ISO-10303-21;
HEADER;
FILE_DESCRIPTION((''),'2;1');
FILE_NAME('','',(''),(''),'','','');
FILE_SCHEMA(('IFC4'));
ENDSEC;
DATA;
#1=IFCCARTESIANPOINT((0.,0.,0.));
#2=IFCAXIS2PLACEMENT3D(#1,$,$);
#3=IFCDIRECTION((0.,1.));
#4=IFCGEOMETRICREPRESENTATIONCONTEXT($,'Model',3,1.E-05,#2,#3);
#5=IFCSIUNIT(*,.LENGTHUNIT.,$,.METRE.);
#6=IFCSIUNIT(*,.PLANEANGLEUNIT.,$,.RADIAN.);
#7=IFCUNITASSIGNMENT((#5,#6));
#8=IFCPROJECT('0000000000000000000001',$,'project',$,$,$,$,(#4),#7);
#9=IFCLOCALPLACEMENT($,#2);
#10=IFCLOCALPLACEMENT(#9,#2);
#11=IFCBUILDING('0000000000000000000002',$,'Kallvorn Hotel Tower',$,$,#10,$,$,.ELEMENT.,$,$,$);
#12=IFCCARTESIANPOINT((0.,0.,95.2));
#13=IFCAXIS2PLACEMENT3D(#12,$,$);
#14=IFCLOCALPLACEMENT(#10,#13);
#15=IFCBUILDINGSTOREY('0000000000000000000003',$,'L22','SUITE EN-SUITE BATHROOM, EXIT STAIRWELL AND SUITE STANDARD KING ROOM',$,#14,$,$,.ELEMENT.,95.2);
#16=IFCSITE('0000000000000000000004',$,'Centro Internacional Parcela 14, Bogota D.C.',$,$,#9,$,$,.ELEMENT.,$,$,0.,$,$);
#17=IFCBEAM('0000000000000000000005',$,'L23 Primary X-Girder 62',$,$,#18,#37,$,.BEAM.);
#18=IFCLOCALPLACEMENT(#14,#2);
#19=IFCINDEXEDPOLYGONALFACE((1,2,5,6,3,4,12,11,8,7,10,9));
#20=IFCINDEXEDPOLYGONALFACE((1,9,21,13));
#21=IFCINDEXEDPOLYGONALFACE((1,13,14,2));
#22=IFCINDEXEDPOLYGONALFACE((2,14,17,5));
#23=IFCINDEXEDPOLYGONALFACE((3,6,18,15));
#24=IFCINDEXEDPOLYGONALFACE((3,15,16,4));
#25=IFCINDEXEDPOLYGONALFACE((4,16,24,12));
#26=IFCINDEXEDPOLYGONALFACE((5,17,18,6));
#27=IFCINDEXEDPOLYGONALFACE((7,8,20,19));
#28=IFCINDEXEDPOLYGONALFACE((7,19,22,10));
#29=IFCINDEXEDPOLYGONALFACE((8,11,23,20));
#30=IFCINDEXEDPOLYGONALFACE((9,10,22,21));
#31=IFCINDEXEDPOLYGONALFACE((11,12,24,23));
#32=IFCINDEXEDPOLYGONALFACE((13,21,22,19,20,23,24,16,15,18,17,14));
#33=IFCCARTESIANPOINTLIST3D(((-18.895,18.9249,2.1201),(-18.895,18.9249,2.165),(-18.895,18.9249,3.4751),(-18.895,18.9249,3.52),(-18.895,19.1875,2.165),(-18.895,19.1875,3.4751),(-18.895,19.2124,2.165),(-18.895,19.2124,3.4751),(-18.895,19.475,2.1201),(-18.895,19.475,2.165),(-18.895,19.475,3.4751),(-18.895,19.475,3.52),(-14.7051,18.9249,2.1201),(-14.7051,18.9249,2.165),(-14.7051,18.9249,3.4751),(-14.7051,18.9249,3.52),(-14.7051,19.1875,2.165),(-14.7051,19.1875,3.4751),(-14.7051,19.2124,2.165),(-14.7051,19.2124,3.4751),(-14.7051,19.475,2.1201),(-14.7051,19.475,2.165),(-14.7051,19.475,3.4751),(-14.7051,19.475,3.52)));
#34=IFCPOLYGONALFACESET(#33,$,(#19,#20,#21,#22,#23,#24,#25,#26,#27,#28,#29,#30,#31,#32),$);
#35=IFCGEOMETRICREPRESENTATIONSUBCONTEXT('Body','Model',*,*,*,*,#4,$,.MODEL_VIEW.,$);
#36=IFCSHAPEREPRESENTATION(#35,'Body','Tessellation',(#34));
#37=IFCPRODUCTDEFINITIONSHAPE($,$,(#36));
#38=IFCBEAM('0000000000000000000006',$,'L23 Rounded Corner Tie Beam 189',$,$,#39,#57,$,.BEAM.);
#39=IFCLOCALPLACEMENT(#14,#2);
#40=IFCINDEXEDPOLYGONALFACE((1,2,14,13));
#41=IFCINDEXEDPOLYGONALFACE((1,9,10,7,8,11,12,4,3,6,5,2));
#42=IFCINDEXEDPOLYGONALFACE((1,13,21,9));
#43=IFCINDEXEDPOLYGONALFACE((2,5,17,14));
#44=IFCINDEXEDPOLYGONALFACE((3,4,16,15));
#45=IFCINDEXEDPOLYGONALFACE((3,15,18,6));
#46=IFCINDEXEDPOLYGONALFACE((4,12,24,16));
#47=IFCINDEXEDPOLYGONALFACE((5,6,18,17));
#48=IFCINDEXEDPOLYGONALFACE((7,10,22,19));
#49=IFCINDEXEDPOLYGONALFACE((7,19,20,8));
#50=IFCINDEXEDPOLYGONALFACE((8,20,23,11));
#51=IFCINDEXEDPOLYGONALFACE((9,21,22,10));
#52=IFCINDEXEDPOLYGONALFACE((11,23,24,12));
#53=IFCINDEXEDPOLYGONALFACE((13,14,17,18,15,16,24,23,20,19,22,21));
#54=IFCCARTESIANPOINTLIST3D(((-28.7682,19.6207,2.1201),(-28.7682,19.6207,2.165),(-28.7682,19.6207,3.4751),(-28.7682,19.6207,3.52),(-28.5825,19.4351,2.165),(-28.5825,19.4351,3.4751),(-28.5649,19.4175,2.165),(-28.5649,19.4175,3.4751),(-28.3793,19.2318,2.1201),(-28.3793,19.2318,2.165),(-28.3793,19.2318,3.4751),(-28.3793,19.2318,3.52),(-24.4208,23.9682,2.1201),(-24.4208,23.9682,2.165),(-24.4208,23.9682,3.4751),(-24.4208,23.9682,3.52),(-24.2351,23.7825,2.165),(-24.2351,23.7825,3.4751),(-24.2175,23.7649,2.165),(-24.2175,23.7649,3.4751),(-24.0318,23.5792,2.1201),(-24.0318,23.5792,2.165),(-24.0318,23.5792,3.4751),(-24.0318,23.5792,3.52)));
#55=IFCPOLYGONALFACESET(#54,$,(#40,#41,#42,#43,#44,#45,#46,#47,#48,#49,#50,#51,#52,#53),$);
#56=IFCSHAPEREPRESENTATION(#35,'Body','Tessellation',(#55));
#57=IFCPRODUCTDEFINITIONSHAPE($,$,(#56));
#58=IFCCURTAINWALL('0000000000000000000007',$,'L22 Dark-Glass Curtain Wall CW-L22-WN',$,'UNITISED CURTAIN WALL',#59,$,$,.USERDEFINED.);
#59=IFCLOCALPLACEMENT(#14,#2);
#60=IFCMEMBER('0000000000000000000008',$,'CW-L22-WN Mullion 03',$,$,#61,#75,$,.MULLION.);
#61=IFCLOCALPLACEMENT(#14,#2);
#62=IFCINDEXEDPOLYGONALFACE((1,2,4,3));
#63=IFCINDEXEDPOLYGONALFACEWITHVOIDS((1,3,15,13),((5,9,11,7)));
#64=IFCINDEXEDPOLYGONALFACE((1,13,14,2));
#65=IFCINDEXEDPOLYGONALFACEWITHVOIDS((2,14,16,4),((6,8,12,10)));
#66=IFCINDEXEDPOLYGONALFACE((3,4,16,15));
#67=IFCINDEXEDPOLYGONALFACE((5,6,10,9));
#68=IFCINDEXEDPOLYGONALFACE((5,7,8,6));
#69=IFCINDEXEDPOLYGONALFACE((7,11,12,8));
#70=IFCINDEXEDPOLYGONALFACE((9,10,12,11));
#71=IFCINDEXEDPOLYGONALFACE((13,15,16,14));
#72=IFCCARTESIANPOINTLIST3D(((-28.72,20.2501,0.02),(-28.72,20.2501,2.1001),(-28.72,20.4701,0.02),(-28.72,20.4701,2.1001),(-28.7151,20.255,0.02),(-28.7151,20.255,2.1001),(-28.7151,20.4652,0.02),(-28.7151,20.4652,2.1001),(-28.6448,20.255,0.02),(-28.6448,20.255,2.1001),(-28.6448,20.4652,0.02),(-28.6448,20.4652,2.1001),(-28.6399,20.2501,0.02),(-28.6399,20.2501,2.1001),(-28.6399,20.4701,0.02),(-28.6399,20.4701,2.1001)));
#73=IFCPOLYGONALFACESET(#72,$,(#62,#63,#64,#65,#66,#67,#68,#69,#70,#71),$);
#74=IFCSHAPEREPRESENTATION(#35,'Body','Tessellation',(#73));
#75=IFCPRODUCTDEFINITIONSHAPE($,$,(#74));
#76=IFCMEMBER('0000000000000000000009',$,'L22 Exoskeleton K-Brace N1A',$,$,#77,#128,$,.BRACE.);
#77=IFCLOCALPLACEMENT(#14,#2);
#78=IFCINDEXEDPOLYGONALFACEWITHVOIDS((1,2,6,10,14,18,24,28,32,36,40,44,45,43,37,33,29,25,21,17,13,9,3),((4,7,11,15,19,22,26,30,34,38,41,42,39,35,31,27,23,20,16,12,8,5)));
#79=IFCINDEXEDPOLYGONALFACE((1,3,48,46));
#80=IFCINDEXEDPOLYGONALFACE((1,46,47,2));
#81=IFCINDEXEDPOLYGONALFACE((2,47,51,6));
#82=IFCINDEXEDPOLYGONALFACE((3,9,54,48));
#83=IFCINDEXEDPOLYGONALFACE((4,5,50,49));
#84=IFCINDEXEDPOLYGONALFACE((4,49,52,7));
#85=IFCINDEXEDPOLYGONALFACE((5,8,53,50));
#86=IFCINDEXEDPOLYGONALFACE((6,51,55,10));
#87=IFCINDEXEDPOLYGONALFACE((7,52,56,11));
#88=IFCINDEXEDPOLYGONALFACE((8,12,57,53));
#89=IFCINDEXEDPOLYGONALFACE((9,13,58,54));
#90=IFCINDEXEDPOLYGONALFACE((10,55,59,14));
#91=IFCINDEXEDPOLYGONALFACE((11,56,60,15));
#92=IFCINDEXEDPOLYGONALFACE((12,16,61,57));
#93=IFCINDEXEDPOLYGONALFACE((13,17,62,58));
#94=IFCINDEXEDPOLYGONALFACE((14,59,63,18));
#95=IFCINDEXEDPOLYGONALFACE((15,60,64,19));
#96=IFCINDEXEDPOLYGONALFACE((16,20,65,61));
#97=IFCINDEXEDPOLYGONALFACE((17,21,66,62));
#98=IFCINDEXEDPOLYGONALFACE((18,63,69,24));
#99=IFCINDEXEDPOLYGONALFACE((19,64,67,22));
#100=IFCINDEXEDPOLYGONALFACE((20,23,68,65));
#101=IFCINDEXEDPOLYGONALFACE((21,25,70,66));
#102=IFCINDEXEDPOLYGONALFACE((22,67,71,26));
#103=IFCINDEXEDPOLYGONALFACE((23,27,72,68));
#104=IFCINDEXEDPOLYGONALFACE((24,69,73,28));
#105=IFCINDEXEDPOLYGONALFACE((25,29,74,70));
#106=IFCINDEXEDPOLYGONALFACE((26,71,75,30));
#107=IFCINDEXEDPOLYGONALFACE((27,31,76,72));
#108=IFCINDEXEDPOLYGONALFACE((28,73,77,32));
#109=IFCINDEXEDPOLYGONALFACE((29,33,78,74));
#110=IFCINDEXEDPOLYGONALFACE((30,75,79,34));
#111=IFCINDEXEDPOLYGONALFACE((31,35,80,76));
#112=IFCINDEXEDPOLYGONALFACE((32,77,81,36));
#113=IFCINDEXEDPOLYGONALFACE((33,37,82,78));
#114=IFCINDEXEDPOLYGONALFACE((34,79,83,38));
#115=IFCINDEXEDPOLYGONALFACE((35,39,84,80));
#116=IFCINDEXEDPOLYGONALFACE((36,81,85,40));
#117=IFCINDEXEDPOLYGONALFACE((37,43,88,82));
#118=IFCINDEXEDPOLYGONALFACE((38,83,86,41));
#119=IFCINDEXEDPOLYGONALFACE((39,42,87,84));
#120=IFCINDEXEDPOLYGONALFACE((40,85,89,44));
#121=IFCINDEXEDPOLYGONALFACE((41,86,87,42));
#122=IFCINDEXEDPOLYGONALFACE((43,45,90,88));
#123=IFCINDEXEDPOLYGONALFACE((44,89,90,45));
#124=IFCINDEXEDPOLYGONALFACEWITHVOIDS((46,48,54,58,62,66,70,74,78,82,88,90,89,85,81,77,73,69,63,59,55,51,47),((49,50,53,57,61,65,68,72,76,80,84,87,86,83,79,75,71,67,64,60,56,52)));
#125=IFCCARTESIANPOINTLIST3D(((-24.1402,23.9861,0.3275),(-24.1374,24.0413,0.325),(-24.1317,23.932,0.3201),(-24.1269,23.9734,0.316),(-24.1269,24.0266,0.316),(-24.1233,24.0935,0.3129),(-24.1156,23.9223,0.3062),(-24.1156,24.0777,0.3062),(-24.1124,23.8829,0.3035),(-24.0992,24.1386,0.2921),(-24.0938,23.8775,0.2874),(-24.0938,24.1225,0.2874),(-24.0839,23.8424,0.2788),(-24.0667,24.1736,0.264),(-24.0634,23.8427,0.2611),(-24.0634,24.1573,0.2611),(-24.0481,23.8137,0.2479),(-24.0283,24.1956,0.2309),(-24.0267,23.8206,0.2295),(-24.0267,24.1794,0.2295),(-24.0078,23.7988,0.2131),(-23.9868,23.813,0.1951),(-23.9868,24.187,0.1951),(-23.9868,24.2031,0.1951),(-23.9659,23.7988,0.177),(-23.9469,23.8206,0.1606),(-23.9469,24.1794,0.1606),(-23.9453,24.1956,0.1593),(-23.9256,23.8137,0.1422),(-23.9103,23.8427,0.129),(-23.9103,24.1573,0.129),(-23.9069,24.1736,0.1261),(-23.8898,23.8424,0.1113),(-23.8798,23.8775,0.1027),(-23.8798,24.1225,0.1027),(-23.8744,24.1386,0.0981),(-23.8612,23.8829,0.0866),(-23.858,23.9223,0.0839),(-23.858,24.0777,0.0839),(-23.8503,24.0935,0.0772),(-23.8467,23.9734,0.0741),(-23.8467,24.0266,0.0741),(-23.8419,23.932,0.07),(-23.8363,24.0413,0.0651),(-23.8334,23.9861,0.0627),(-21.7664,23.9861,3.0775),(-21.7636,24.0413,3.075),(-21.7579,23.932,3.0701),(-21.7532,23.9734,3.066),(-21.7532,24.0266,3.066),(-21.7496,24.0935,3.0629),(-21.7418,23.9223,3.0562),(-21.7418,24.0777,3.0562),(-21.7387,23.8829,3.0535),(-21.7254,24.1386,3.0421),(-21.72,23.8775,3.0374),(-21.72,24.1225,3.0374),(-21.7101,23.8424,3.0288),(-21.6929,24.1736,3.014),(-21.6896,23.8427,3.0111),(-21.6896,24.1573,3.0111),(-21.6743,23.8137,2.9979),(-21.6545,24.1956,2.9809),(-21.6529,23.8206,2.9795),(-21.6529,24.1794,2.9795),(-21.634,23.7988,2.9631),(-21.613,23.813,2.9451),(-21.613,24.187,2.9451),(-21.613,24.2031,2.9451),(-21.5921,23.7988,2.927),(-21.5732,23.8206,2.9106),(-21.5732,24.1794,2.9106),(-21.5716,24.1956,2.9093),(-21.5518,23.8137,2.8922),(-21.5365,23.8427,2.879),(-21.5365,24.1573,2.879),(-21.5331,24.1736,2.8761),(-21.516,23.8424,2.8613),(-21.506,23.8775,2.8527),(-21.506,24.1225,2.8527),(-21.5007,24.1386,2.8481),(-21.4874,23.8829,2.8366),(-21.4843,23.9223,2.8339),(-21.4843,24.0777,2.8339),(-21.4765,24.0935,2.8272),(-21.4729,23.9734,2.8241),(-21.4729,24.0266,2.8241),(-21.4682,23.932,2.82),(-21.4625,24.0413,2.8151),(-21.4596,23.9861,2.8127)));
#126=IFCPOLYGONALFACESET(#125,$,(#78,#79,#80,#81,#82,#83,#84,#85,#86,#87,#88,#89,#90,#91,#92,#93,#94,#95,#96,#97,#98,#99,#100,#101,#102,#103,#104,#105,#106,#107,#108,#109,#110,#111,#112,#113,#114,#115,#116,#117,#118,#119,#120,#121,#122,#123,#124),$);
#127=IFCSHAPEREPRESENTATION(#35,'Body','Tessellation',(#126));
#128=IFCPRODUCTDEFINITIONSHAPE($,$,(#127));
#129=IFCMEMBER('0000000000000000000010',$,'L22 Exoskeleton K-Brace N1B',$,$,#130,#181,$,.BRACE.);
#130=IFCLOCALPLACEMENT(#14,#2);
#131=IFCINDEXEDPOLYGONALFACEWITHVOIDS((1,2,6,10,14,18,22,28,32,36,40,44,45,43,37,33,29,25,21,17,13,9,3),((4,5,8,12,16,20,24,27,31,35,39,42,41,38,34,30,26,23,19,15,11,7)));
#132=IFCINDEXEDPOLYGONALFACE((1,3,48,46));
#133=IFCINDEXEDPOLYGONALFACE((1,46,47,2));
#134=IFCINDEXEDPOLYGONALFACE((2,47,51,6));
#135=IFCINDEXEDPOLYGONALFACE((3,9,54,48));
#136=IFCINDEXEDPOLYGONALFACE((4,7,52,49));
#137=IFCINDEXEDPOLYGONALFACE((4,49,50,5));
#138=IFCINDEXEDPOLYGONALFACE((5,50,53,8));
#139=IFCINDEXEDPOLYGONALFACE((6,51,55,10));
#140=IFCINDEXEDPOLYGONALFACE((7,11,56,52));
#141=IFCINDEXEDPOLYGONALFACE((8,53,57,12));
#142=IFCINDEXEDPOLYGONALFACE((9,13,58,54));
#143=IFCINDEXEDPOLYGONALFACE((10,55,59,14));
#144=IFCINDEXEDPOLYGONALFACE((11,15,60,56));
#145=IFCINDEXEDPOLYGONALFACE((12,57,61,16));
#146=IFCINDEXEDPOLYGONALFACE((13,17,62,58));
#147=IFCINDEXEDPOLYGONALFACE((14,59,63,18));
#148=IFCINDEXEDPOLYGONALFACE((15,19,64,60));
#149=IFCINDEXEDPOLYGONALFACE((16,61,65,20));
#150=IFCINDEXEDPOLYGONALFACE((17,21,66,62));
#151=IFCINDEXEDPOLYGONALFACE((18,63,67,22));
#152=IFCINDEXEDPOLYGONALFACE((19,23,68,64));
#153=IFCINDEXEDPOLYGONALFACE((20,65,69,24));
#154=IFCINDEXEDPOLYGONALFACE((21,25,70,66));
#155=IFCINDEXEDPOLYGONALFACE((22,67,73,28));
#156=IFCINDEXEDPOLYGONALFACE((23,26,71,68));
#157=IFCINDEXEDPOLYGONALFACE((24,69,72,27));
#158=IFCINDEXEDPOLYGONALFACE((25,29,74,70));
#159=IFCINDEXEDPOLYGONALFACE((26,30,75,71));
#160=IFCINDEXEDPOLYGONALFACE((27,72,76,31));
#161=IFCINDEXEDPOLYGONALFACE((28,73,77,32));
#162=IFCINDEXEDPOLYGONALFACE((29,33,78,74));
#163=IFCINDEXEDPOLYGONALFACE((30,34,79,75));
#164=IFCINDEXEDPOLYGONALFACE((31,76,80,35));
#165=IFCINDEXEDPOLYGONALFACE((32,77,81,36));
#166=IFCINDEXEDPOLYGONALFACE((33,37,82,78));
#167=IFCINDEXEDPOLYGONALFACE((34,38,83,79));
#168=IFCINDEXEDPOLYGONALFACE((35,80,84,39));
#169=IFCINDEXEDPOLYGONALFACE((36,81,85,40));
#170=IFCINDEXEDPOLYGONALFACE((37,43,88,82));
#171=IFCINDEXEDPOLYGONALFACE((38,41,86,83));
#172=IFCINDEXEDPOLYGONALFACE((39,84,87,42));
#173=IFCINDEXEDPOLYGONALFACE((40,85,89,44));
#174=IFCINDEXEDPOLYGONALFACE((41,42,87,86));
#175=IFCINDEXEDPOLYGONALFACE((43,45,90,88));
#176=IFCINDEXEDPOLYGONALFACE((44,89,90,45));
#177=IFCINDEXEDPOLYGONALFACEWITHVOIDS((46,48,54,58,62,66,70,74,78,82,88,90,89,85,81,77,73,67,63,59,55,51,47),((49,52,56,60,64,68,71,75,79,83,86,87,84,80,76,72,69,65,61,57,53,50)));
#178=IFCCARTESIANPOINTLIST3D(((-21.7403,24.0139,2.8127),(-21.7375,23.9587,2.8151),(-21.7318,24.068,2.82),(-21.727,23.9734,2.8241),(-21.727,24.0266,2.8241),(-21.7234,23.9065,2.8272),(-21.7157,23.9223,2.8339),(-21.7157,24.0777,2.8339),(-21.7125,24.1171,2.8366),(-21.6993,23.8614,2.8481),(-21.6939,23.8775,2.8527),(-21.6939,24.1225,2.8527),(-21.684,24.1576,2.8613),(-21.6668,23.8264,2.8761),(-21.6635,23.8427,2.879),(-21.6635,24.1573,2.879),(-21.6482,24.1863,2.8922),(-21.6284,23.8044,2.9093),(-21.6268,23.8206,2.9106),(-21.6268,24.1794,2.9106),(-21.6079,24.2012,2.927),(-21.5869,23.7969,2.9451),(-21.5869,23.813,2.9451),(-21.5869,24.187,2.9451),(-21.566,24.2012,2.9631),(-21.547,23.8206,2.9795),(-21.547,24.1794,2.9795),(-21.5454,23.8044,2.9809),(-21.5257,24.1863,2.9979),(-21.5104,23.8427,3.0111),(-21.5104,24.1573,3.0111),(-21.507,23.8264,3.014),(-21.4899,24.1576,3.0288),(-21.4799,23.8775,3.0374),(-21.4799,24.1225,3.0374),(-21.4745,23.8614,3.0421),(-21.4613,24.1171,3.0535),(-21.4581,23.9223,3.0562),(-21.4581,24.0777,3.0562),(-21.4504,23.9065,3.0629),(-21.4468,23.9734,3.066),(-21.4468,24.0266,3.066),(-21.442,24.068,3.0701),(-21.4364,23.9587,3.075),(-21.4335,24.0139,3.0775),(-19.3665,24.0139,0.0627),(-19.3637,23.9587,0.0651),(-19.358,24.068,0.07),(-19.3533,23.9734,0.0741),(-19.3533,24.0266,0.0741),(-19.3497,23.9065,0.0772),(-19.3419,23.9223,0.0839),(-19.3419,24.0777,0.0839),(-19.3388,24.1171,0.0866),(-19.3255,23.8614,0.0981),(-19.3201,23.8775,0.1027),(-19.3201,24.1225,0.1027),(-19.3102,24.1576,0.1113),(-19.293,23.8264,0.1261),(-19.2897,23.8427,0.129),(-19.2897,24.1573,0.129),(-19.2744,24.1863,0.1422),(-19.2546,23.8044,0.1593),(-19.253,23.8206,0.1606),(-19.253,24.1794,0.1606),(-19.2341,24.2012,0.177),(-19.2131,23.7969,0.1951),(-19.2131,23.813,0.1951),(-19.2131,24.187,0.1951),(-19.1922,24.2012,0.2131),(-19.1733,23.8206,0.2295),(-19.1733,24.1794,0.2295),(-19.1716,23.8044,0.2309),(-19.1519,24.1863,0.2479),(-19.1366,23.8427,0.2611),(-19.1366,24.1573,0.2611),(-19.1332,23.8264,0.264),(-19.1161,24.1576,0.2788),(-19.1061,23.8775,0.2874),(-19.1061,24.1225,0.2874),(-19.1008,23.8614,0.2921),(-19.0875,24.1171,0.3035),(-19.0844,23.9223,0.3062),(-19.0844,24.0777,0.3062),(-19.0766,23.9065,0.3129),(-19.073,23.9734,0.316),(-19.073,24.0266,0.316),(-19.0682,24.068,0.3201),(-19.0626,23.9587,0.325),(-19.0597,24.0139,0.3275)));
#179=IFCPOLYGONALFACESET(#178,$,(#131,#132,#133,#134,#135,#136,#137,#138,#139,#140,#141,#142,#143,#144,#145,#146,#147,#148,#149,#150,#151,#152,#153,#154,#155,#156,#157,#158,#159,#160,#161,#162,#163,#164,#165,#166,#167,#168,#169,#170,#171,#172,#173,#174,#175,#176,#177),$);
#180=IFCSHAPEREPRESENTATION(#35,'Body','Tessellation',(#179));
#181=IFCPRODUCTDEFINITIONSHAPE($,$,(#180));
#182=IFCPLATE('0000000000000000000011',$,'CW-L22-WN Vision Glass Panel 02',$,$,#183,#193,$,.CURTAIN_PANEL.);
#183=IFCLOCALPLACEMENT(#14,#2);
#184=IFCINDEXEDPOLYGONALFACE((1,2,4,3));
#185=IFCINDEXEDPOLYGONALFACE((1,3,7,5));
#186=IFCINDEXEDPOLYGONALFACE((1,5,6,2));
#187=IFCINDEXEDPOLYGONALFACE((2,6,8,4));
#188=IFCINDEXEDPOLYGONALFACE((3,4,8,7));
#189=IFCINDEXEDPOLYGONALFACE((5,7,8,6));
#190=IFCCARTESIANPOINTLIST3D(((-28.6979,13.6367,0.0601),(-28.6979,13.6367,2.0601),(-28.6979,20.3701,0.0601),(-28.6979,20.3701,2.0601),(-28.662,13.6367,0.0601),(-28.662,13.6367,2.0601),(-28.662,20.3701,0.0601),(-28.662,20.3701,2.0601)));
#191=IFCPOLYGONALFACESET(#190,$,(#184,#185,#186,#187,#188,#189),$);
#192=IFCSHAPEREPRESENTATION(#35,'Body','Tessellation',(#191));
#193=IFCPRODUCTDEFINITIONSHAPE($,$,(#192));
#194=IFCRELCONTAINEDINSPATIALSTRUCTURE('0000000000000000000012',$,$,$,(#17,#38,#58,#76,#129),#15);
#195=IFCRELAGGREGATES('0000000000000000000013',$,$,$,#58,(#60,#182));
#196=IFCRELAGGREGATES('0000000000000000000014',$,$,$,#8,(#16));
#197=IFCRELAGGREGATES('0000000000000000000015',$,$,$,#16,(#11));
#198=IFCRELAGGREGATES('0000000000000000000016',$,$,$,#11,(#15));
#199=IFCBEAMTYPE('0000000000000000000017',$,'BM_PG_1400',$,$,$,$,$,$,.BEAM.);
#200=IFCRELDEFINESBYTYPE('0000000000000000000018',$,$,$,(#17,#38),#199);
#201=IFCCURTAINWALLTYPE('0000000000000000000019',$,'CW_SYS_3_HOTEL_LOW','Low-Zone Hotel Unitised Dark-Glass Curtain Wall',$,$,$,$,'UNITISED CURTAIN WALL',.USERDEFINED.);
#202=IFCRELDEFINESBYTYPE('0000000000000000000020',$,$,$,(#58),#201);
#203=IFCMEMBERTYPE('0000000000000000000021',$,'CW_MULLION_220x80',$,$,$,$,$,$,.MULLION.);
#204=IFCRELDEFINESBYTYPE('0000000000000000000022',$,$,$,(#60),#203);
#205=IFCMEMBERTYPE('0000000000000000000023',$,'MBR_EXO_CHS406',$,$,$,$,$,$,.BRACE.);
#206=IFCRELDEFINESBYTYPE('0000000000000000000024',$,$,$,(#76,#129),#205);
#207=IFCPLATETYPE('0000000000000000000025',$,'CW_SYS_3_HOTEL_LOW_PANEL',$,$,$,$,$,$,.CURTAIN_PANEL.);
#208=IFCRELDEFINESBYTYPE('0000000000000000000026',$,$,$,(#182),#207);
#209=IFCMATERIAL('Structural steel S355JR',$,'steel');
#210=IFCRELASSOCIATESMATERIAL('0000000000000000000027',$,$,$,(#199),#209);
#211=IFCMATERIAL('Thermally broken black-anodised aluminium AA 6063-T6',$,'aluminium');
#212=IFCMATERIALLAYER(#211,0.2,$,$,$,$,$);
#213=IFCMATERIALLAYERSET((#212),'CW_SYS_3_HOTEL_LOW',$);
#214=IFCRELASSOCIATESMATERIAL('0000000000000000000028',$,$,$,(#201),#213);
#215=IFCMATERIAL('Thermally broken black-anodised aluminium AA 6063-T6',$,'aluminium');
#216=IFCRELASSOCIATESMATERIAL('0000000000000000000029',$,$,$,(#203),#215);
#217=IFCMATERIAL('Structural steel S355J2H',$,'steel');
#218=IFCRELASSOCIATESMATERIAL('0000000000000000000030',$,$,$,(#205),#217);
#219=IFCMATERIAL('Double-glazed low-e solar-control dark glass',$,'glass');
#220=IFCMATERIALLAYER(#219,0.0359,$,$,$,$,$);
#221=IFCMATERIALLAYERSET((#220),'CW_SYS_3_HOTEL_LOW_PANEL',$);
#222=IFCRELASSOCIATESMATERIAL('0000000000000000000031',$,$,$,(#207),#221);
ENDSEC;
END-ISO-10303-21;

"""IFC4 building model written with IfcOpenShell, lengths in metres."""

from ifc_helpers import new_model, si_unit, direction, frame, origin, origin_2d, place, context, subcontext, project, spatial, rectangle, hollow_rectangle, hollow_circle, i_section, extrude, material, layer, layer_set, material_profile, profile_set, type_object, element, aggregate, save


model = new_model("IFC4")

# Units and contexts
model_context = context("Model", 3, precision=1e-05, world=origin(), true_north=direction((0.0, 1.0)))
body_context = subcontext(model_context, "Body", "Model", "MODEL_VIEW")
ifc_project = project(units=[si_unit("LENGTHUNIT", "METRE"), si_unit("PLANEANGLEUNIT", "RADIAN")], contexts=[model_context])

# Site, building, storey
site_placement = place(None, origin())
site = spatial("IfcSite", under=ifc_project, at=site_placement, Name="Centro Internacional Parcela 14, Bogota D.C.", CompositionType="ELEMENT", RefElevation=0.0)
building_placement = place(site_placement, origin())
building = spatial("IfcBuilding", under=site, at=building_placement, Name="Kallvorn Hotel Tower", CompositionType="ELEMENT")
storey_placement = place(building_placement, frame((0.0, 0.0, 95.2)))
storey = spatial("IfcBuildingStorey", under=building, at=storey_placement, Name="L22", Description="SUITE EN-SUITE BATHROOM, EXIT STAIRWELL AND SUITE STANDARD KING ROOM", CompositionType="ELEMENT", Elevation=95.2)

# Beams
ifc_material_1 = material(Name="Structural steel S355JR", Category="steel")
ifc_material_profile_1 = material_profile(ifc_material_1, i_section(OverallWidth=0.55, OverallDepth=1.3999, WebThickness=0.0249, FlangeThickness=0.0449, at=origin_2d()), Name="PG 1400x550x25x45")
ifc_profile_set_1 = profile_set([ifc_material_profile_1], Name="Structural steel S355JR")
beam_type_1 = type_object("IfcBeamType", Name="BM_PG_1400", PredefinedType="BEAM", material=ifc_profile_set_1)
beam_1_placement = place(storey_placement, frame((-18.895, 19.2, 2.8201), z_axis=(1.0, 0.0, 0.0), x_axis=(0.0, 1.0, 0.0)))
element("IfcBeam", 1, at=beam_1_placement, inside=storey, type_object=beam_type_1, Name="L23 Primary X-Girder 62", PredefinedType="BEAM", context=body_context, shape_type="SweptSolid", body=[
    extrude(i_section(OverallWidth=0.55, OverallDepth=1.3999, WebThickness=0.0249, FlangeThickness=0.0449, at=origin_2d()), origin(), (0.0, 0.0, 1.0), 4.1899),
])
beam_2_placement = place(storey_placement, frame((-28.5737, 19.4263, 2.8201), z_axis=(0.707107, 0.707107, 0.0), x_axis=(-0.707107, 0.707107, 0.0)))
element("IfcBeam", 2, at=beam_2_placement, inside=storey, type_object=beam_type_1, Name="L23 Rounded Corner Tie Beam 189", PredefinedType="BEAM", context=body_context, shape_type="SweptSolid", body=[
    extrude(i_section(OverallWidth=0.55, OverallDepth=1.3999, WebThickness=0.0249, FlangeThickness=0.0449, at=origin_2d()), origin(), (0.0, 0.0, 1.0), 6.1482),
])

# Curtain wall, member
ifc_material_2 = material(Name="Thermally broken black-anodised aluminium AA 6063-T6", Category="aluminium")
ifc_layer_1 = layer(ifc_material_2, 0.2)
ifc_layer_set_1 = layer_set([ifc_layer_1], Name="CW_SYS_3_HOTEL_LOW")
curtain_wall_type = type_object("IfcCurtainWallType", Name="CW_SYS_3_HOTEL_LOW", Description="Low-Zone Hotel Unitised Dark-Glass Curtain Wall", ElementType="UNITISED CURTAIN WALL", PredefinedType="USERDEFINED", material=ifc_layer_set_1)
curtain_wall_placement = place(storey_placement, origin())
curtain_wall = element("IfcCurtainWall", 3, at=curtain_wall_placement, inside=storey, type_object=curtain_wall_type, Name="L22 Dark-Glass Curtain Wall CW-L22-WN", ObjectType="UNITISED CURTAIN WALL", PredefinedType="USERDEFINED")
ifc_material_3 = material(Name="Thermally broken black-anodised aluminium AA 6063-T6", Category="aluminium")
ifc_material_profile_2 = material_profile(ifc_material_3, hollow_rectangle(XDim=0.0801, YDim=0.22, WallThickness=0.0049, at=origin_2d()), Name="MUL 220x80")
ifc_profile_set_2 = profile_set([ifc_material_profile_2], Name="Thermally broken black-anodised aluminium AA 6063-T6")
member_type_1 = type_object("IfcMemberType", Name="CW_MULLION_220x80", PredefinedType="MULLION", material=ifc_profile_set_2)
member_placement = place(storey_placement, frame((-28.6799, 20.3601, 0.02), z_axis=(0.0, 0.0, 1.0), x_axis=(1.0, 0.0, 0.0)))
member = element("IfcMember", 4, at=member_placement, type_object=member_type_1, Name="CW-L22-WN Mullion 03", PredefinedType="MULLION", context=body_context, shape_type="SweptSolid", body=[
    extrude(hollow_rectangle(XDim=0.0801, YDim=0.22, WallThickness=0.0049, at=origin_2d()), origin(), (0.0, 0.0, 1.0), 2.0801),
])

# Members
ifc_material_4 = material(Name="Structural steel S355J2H", Category="steel")
ifc_material_profile_3 = material_profile(ifc_material_4, hollow_circle(Radius=0.2031, WallThickness=0.0161, at=origin_2d()), Name="CHS 406.4x16")
ifc_profile_set_3 = profile_set([ifc_material_profile_3], Name="Structural steel S355J2H")
member_type_2 = type_object("IfcMemberType", Name="MBR_EXO_CHS406", PredefinedType="BRACE", material=ifc_profile_set_3)
for number, where, z_axis, x_axis, name in (
    (5, (-23.9868, 24.0, 0.1951), (0.653427, 0.0, 0.756989), (0.0, 1.0, 0.0), "L22 Exoskeleton K-Brace N1A"),
    (6, (-19.2131, 24.0, 0.1951), (-0.653427, 0.0, 0.756989), (0.0, -1.0, 0.0), "L22 Exoskeleton K-Brace N1B"),
):
    element("IfcMember", number, at=place(storey_placement, frame(where, z_axis=z_axis, x_axis=x_axis)), inside=storey, type_object=member_type_2, Name=name, PredefinedType="BRACE", context=body_context, shape_type="SweptSolid", body=[
        extrude(hollow_circle(Radius=0.2031, WallThickness=0.0161, at=origin_2d()), origin(), (0.0, 0.0, 1.0), 3.6328),
    ])

# Plate
ifc_material_5 = material(Name="Double-glazed low-e solar-control dark glass", Category="glass")
ifc_layer_2 = layer(ifc_material_5, 0.0359)
ifc_layer_set_2 = layer_set([ifc_layer_2], Name="CW_SYS_3_HOTEL_LOW_PANEL")
plate_type_1 = type_object("IfcPlateType", Name="CW_SYS_3_HOTEL_LOW_PANEL", PredefinedType="CURTAIN_PANEL", material=ifc_layer_set_2)
plate_1_placement = place(storey_placement, frame((-28.6799, 17.0034, 0.0601), z_axis=(0.0, 0.0, 1.0), x_axis=(0.0, 1.0, 0.0)))
plate_1 = element("IfcPlate", 7, at=plate_1_placement, type_object=plate_type_1, Name="CW-L22-WN Vision Glass Panel 02", PredefinedType="CURTAIN_PANEL", context=body_context, shape_type="SweptSolid", body=[
    extrude(rectangle(XDim=6.7334, YDim=0.0359, at=origin_2d()), origin(), (0.0, 0.0, 1.0), 2.0),
])
aggregate(curtain_wall, [member, plate_1])

save(model, "model.ifc")
